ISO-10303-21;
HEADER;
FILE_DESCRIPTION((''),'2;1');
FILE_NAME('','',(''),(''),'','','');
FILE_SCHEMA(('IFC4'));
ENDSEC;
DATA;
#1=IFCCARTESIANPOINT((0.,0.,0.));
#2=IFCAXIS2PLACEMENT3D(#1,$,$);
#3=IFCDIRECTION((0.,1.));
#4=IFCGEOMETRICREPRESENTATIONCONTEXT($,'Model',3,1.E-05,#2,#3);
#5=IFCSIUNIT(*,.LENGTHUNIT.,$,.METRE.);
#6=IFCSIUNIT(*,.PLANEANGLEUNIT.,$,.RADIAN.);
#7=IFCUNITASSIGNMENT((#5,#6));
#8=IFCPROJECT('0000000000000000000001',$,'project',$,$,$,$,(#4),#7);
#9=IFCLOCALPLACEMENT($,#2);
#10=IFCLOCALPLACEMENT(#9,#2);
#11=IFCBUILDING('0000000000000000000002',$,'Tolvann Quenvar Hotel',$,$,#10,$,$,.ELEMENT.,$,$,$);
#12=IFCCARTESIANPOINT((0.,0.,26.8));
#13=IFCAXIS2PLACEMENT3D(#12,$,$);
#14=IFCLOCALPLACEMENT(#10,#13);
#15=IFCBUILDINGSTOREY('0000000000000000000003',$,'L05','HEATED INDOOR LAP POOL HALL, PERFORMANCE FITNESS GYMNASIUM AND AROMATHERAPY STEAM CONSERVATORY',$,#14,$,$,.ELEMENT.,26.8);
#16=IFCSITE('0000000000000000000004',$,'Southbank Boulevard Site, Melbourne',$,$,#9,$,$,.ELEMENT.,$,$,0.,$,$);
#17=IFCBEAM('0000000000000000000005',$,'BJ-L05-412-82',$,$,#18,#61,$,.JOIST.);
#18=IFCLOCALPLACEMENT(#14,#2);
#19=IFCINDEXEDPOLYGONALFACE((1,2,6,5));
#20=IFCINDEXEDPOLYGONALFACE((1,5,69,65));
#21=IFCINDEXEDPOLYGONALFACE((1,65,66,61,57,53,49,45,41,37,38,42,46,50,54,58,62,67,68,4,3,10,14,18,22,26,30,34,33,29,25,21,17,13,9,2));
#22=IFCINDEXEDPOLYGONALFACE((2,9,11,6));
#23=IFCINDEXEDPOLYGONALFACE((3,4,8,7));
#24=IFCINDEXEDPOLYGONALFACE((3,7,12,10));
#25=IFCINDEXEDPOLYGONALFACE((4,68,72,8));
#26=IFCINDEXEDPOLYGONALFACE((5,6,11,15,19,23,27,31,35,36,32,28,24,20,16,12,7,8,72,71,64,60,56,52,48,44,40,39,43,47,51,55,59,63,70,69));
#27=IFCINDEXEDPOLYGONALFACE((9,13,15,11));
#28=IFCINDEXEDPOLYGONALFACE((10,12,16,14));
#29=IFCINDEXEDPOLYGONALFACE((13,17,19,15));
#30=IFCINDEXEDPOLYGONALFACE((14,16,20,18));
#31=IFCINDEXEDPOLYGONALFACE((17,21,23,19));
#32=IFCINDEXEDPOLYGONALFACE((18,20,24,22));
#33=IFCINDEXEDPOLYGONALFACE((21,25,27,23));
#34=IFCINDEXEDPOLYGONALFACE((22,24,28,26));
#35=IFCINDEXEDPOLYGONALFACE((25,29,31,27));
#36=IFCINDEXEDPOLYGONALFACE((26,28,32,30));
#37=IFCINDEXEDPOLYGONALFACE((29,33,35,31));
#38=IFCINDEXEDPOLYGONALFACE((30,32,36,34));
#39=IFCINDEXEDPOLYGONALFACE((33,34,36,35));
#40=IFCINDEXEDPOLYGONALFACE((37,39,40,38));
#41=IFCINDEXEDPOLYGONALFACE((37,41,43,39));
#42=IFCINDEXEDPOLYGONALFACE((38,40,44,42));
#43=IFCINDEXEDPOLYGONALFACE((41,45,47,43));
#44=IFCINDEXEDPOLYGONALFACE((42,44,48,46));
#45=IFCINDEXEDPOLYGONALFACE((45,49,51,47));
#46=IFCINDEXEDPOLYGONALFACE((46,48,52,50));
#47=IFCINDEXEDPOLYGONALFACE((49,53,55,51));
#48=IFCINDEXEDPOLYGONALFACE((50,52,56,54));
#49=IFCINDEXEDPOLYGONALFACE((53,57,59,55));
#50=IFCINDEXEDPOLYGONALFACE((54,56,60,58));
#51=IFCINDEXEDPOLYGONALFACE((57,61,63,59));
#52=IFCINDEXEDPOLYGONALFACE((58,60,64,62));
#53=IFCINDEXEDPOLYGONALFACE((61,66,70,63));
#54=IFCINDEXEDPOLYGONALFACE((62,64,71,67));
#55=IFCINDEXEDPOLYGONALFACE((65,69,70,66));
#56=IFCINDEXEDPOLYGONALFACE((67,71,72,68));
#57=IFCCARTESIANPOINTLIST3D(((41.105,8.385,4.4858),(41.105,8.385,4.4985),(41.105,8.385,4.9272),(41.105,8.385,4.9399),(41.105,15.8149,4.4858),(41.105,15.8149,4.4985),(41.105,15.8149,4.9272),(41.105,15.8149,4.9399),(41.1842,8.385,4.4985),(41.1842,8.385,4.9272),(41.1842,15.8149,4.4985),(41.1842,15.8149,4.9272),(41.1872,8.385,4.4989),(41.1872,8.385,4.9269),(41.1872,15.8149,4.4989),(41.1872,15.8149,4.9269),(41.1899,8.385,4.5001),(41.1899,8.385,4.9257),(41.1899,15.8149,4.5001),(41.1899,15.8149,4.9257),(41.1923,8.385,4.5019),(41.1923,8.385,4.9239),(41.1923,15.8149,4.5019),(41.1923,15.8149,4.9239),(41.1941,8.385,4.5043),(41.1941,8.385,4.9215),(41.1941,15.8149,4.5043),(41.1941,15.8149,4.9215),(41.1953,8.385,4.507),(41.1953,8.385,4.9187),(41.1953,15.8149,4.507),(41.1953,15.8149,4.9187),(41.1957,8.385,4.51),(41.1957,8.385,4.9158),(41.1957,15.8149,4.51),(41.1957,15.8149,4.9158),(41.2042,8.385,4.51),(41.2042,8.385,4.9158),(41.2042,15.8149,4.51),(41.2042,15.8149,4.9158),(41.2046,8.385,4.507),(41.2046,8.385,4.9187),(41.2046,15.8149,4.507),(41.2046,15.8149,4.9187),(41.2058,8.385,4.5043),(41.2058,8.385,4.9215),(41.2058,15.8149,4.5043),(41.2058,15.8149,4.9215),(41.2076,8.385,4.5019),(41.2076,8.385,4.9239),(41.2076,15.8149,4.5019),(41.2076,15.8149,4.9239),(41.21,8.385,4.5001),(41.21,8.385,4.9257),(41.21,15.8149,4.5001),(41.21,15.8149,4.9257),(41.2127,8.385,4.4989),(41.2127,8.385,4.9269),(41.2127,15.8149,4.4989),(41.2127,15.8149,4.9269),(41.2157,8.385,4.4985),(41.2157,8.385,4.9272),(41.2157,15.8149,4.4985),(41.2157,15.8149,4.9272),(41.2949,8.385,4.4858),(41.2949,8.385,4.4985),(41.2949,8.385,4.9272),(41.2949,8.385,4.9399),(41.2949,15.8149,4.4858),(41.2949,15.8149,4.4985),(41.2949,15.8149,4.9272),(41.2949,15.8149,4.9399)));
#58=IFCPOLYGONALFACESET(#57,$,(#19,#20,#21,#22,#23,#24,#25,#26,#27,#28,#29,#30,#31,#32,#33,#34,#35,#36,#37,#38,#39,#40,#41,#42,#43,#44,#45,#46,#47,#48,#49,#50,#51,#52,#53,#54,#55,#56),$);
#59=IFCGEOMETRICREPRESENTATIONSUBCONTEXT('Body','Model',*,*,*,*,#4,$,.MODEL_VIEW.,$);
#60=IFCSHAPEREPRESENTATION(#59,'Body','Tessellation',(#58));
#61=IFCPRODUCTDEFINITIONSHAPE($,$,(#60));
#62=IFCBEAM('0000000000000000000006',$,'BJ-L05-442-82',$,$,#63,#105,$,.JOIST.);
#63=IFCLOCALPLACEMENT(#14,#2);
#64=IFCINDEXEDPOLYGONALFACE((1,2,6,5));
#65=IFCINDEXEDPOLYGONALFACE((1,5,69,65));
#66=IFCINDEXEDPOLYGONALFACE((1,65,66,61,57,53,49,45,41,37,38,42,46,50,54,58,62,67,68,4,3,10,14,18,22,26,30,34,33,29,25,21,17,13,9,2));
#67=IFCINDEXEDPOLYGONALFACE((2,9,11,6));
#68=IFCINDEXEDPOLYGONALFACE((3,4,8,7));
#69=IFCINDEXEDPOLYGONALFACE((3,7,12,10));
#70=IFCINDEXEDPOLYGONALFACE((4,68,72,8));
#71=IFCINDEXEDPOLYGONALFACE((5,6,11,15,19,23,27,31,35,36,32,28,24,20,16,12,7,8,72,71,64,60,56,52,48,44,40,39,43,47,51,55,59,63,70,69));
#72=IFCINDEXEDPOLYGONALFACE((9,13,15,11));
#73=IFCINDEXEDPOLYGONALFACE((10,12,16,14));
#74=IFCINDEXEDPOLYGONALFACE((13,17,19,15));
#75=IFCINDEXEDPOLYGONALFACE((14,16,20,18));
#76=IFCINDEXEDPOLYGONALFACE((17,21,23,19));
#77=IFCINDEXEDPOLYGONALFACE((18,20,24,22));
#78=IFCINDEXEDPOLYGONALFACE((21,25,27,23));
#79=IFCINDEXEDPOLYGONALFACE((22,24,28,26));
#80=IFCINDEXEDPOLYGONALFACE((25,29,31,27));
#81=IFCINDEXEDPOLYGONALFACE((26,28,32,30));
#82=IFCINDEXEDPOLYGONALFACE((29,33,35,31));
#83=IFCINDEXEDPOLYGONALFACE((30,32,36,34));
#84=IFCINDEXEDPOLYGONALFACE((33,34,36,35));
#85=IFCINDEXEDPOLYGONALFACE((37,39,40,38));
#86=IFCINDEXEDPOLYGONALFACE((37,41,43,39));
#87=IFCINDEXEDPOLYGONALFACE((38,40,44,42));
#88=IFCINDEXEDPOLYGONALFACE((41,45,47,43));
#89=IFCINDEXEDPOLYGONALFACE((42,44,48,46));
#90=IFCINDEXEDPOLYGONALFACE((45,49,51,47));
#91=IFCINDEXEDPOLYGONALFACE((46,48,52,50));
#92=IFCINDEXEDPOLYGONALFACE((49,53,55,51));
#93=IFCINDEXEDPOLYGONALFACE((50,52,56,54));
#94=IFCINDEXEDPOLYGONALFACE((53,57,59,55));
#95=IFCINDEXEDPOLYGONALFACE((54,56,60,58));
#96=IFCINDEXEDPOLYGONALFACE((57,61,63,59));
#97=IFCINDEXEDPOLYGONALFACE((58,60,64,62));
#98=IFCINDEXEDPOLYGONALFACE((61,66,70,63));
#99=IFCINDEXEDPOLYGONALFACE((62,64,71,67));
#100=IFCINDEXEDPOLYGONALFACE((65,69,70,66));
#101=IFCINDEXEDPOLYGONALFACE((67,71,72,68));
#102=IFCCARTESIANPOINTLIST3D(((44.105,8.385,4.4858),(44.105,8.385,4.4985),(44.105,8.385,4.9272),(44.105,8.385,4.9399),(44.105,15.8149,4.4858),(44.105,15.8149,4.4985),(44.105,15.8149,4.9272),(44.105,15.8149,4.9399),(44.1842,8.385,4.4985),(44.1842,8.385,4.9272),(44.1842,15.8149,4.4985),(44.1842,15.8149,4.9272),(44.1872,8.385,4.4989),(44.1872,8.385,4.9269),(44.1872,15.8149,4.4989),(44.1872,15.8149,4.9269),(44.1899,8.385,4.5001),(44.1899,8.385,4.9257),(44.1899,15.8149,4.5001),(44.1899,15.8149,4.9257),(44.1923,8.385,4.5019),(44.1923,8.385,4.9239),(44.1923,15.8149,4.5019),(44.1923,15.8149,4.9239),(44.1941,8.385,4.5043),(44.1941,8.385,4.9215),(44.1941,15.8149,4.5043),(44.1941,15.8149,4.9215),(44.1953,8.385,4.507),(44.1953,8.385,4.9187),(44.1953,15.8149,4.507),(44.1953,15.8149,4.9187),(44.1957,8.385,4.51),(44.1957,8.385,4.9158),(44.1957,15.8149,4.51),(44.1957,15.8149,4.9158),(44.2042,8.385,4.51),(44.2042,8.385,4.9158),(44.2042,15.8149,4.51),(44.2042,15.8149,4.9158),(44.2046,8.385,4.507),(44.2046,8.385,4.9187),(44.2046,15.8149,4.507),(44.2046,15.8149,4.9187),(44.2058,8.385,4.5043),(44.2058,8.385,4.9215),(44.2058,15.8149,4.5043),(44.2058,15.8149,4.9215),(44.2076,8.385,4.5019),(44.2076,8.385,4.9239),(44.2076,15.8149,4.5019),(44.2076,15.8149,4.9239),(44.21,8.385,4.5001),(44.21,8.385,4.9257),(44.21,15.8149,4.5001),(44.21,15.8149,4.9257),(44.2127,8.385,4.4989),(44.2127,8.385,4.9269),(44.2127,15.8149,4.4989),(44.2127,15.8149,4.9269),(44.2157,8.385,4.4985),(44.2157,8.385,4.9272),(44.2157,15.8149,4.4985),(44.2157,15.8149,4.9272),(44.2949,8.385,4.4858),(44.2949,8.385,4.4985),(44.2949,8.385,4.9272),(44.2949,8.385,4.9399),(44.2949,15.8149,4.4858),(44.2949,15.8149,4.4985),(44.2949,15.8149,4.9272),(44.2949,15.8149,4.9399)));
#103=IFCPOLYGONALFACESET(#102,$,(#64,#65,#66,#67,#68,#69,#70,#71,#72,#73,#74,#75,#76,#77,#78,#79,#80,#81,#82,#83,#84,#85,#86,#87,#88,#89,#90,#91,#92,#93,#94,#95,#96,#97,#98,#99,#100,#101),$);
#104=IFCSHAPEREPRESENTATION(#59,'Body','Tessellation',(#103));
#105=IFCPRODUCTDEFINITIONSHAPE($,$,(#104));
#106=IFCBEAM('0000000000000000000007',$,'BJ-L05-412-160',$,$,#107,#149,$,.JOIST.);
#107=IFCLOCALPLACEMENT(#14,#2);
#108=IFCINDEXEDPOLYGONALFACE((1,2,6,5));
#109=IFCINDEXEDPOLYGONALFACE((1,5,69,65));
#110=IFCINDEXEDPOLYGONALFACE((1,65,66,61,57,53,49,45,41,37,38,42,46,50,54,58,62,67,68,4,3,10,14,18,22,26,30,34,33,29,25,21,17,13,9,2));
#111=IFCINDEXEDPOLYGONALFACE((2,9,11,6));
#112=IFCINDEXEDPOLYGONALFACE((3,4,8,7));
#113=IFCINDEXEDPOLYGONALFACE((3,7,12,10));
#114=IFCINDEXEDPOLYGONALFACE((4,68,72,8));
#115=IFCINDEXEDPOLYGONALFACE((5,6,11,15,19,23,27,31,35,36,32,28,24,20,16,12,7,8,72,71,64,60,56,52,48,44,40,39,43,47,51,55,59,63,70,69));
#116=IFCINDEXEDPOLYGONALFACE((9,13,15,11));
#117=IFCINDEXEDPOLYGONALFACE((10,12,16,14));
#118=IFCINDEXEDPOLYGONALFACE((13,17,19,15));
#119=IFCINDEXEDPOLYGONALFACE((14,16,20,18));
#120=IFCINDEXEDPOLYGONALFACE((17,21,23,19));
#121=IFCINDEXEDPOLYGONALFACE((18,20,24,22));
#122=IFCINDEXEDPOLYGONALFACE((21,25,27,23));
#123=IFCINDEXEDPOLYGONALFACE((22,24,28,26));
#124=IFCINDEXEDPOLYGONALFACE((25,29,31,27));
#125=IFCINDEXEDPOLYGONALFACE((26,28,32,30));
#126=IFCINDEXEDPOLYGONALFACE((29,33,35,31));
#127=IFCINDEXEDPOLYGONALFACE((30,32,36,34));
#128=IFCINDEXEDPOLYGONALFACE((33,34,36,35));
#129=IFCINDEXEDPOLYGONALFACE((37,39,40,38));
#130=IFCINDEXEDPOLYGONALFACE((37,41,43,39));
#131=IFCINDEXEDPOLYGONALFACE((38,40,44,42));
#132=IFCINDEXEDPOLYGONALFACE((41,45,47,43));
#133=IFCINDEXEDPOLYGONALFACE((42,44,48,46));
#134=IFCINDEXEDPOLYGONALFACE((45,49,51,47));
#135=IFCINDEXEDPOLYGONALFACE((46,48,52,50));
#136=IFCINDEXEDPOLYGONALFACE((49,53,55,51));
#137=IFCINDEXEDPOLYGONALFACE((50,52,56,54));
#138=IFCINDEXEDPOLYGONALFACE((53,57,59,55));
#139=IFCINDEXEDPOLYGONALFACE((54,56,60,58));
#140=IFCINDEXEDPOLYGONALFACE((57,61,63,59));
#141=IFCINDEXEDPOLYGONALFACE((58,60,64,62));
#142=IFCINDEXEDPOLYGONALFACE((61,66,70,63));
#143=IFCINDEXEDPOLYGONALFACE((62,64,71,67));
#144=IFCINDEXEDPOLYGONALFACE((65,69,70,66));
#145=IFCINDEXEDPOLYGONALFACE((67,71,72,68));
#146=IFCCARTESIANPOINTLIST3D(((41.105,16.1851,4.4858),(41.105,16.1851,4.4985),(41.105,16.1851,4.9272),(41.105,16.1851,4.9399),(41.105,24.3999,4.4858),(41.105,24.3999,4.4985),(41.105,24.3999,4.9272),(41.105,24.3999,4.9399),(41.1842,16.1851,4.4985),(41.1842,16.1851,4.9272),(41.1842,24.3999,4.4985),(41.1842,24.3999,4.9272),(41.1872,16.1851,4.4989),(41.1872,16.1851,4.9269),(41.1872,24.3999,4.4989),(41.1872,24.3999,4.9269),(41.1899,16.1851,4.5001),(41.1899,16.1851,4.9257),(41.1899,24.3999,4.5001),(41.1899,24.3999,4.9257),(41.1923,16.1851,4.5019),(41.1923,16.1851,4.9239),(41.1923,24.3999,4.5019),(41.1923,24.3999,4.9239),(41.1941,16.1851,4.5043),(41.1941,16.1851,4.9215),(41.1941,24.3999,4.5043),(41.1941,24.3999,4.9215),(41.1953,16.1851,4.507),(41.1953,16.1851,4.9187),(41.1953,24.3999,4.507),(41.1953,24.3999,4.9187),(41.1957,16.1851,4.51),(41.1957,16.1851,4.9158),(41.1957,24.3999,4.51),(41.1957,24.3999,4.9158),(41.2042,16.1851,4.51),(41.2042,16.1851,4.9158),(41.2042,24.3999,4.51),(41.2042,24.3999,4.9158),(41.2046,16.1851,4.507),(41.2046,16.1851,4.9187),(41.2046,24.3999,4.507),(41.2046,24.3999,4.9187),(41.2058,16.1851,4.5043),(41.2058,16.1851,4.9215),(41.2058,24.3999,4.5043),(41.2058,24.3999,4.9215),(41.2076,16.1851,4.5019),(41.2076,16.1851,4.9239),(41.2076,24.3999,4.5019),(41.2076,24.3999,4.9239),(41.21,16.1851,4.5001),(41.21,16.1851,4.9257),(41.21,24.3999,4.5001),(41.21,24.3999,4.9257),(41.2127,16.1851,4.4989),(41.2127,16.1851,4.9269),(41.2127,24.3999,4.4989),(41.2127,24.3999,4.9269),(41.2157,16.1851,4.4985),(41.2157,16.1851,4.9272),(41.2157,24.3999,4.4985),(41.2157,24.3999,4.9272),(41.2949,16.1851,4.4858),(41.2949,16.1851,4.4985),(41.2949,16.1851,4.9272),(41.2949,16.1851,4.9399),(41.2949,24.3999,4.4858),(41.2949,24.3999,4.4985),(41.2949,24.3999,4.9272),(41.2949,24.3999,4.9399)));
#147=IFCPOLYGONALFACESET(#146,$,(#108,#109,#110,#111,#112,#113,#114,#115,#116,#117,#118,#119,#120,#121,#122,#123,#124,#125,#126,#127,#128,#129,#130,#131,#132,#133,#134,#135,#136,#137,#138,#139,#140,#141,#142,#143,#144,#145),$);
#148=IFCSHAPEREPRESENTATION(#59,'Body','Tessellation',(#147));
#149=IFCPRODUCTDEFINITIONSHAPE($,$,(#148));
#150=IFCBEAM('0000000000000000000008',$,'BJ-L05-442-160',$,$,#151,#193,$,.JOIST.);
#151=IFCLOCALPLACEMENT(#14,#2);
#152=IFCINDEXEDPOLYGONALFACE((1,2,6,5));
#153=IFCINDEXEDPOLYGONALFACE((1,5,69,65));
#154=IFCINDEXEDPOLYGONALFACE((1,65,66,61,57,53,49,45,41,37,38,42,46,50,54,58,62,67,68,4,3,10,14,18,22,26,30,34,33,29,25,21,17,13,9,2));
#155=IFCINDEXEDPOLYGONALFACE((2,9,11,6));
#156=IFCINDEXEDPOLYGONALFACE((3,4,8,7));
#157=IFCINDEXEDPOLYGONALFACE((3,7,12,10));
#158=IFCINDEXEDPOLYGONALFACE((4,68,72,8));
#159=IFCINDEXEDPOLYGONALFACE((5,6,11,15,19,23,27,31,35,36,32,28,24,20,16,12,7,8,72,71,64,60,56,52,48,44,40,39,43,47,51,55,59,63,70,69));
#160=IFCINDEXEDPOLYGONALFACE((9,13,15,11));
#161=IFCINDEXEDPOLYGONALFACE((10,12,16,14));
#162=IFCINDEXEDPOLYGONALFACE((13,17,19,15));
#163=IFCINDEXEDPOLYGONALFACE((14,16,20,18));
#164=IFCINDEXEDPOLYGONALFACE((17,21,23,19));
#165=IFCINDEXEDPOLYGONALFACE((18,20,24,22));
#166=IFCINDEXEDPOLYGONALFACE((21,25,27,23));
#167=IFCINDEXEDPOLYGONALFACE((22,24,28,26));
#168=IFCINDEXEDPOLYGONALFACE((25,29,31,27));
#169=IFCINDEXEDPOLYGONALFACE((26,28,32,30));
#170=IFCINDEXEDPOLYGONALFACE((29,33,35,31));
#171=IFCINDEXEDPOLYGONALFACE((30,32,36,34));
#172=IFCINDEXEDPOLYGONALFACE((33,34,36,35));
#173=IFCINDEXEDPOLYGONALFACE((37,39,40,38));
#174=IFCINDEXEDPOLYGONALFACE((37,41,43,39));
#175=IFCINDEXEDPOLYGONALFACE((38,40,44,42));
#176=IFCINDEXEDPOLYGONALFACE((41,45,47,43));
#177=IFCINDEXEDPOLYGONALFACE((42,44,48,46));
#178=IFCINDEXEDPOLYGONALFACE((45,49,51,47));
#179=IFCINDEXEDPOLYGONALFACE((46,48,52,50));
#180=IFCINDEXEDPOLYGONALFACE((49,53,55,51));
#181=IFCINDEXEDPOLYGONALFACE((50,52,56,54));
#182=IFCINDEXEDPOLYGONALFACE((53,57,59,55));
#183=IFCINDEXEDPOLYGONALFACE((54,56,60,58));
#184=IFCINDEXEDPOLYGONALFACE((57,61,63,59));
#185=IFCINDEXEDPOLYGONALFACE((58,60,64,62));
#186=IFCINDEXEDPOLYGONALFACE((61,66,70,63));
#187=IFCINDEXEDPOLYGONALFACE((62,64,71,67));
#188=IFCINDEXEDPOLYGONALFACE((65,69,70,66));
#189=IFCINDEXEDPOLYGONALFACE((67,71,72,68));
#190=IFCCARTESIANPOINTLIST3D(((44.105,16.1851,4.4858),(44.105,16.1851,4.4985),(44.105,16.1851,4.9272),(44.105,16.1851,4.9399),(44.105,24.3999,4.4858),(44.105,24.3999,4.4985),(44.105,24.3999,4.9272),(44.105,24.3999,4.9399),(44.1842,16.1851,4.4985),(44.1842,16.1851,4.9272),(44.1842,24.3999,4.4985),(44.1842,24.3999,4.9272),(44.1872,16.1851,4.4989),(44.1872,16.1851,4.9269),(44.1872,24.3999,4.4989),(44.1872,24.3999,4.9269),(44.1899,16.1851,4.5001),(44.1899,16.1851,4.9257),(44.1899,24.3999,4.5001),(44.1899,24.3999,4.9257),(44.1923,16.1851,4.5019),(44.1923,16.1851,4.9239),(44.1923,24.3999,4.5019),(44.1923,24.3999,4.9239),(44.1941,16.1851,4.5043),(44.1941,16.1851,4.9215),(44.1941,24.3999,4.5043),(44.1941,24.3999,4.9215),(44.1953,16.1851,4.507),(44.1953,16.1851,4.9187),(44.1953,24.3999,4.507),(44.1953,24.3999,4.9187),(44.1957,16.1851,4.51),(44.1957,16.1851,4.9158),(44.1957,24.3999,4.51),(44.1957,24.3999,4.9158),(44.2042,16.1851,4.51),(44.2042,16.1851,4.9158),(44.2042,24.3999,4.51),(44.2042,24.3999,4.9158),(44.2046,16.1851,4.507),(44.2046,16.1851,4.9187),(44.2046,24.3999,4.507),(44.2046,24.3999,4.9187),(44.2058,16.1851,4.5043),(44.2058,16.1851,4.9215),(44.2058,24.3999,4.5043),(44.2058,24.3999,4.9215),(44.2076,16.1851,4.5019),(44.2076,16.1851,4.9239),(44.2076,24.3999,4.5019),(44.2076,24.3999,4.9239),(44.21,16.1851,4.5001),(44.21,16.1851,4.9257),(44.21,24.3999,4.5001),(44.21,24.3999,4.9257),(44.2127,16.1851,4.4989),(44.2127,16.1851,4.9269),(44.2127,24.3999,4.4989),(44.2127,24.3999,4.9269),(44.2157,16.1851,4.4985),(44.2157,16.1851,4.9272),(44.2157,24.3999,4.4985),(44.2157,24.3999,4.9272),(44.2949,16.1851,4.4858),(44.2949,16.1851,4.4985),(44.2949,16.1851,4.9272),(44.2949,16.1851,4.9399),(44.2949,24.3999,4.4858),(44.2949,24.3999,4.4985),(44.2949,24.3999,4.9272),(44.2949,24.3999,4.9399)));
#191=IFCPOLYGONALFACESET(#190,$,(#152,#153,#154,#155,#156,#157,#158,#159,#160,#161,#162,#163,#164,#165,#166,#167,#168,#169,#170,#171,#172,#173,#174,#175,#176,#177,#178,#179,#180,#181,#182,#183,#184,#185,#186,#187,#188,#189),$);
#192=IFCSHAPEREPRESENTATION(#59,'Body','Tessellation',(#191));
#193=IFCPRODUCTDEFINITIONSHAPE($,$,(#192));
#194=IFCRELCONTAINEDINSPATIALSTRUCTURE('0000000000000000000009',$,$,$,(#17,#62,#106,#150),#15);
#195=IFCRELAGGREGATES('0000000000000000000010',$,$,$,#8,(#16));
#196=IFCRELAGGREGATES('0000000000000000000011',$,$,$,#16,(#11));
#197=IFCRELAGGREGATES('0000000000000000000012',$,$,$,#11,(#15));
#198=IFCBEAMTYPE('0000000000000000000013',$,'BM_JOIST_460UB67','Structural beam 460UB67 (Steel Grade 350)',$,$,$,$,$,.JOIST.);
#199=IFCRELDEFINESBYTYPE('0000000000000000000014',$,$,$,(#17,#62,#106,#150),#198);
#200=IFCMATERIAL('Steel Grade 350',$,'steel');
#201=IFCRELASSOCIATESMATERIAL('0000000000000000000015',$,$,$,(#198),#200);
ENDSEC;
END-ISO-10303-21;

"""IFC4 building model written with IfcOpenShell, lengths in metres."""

from ifc_helpers import new_model, si_unit, direction, frame, origin, origin_2d, place, context, subcontext, project, spatial, i_section, extrude, source, transform, mapped, material, material_profile, profile_set, type_object, type_shapes, element, save


model = new_model("IFC4")

# Units and contexts
model_context = context("Model", 3, precision=1e-05, world=origin(), true_north=direction((0.0, 1.0)))
body_context = subcontext(model_context, "Body", "Model", "MODEL_VIEW")
ifc_project = project(units=[si_unit("LENGTHUNIT", "METRE"), si_unit("PLANEANGLEUNIT", "RADIAN")], contexts=[model_context])

# Site, building, storey
site_placement = place(None, origin())
site = spatial("IfcSite", under=ifc_project, at=site_placement, Name="Southbank Boulevard Site, Melbourne", CompositionType="ELEMENT", RefElevation=0.0)
building_placement = place(site_placement, origin())
building = spatial("IfcBuilding", under=site, at=building_placement, Name="Tolvann Quenvar Hotel", CompositionType="ELEMENT")
storey_placement = place(building_placement, frame((0.0, 0.0, 26.8)))
storey = spatial("IfcBuildingStorey", under=building, at=storey_placement, Name="L05", Description="HEATED INDOOR LAP POOL HALL, PERFORMANCE FITNESS GYMNASIUM AND AROMATHERAPY STEAM CONSERVATORY", CompositionType="ELEMENT", Elevation=26.8)

# Shared definitions
ifc_material_1 = material(Name="Steel Grade 350", Category="steel")

# Beams
ifc_material_profile_1 = material_profile(ifc_material_1, i_section(OverallWidth=0.1899, OverallDepth=0.4541, WebThickness=0.0085, FlangeThickness=0.0127, FilletRadius=0.0115, at=origin_2d()), Name="460UB67")
ifc_profile_set_1 = profile_set([ifc_material_profile_1], Name="Steel Grade 350")
beam_type_1 = type_object("IfcBeamType", Name="BM_JOIST_460UB67", Description="Structural beam 460UB67 (Steel Grade 350)", PredefinedType="JOIST", material=ifc_profile_set_1)
shared_shape_1 = source(origin(), body_context, "Body", "SweptSolid", [
    extrude(i_section(OverallWidth=0.1899, OverallDepth=0.4541, WebThickness=0.0085, FlangeThickness=0.0127, FilletRadius=0.0115, at=origin_2d()), origin(), (0.0, 0.0, 1.0), 7.4299),
])
for number, where, z_axis, x_axis, name in (
    (1, (41.2, 8.385, 4.7129), (0.0, 1.0, 0.0), (-1.0, 0.0, 0.0), "BJ-L05-412-82"),
    (2, (44.2, 8.385, 4.7129), (0.0, 1.0, 0.0), (-1.0, 0.0, 0.0), "BJ-L05-442-82"),
):
    element("IfcBeam", number, at=place(storey_placement, frame(where, z_axis=z_axis, x_axis=x_axis)), inside=storey, type_object=beam_type_1, Name=name, PredefinedType="JOIST", context=body_context, shape_type="MappedRepresentation", body=[
        mapped(shared_shape_1, transform((0.0, 0.0, 0.0), x_axis=(1.0, 0.0, 0.0), y_axis=(0.0, 1.0, 0.0), z_axis=(0.0, 0.0, 1.0), scale=1.0)),
    ])
shared_shape_2 = source(origin(), body_context, "Body", "SweptSolid", [
    extrude(i_section(OverallWidth=0.1899, OverallDepth=0.4541, WebThickness=0.0085, FlangeThickness=0.0127, FilletRadius=0.0115, at=origin_2d()), origin(), (0.0, 0.0, 1.0), 8.2148),
])
type_shapes(beam_type_1, [shared_shape_1, shared_shape_2])
for number, where, z_axis, x_axis, name in (
    (3, (41.2, 16.1851, 4.7129), (0.0, 1.0, 0.0), (-1.0, 0.0, 0.0), "BJ-L05-412-160"),
    (4, (44.2, 16.1851, 4.7129), (0.0, 1.0, 0.0), (-1.0, 0.0, 0.0), "BJ-L05-442-160"),
):
    element("IfcBeam", number, at=place(storey_placement, frame(where, z_axis=z_axis, x_axis=x_axis)), inside=storey, type_object=beam_type_1, Name=name, PredefinedType="JOIST", context=body_context, shape_type="MappedRepresentation", body=[
        mapped(shared_shape_2, transform((0.0, 0.0, 0.0), x_axis=(1.0, 0.0, 0.0), y_axis=(0.0, 1.0, 0.0), z_axis=(0.0, 0.0, 1.0), scale=1.0)),
    ])

save(model, "model.ifc")
